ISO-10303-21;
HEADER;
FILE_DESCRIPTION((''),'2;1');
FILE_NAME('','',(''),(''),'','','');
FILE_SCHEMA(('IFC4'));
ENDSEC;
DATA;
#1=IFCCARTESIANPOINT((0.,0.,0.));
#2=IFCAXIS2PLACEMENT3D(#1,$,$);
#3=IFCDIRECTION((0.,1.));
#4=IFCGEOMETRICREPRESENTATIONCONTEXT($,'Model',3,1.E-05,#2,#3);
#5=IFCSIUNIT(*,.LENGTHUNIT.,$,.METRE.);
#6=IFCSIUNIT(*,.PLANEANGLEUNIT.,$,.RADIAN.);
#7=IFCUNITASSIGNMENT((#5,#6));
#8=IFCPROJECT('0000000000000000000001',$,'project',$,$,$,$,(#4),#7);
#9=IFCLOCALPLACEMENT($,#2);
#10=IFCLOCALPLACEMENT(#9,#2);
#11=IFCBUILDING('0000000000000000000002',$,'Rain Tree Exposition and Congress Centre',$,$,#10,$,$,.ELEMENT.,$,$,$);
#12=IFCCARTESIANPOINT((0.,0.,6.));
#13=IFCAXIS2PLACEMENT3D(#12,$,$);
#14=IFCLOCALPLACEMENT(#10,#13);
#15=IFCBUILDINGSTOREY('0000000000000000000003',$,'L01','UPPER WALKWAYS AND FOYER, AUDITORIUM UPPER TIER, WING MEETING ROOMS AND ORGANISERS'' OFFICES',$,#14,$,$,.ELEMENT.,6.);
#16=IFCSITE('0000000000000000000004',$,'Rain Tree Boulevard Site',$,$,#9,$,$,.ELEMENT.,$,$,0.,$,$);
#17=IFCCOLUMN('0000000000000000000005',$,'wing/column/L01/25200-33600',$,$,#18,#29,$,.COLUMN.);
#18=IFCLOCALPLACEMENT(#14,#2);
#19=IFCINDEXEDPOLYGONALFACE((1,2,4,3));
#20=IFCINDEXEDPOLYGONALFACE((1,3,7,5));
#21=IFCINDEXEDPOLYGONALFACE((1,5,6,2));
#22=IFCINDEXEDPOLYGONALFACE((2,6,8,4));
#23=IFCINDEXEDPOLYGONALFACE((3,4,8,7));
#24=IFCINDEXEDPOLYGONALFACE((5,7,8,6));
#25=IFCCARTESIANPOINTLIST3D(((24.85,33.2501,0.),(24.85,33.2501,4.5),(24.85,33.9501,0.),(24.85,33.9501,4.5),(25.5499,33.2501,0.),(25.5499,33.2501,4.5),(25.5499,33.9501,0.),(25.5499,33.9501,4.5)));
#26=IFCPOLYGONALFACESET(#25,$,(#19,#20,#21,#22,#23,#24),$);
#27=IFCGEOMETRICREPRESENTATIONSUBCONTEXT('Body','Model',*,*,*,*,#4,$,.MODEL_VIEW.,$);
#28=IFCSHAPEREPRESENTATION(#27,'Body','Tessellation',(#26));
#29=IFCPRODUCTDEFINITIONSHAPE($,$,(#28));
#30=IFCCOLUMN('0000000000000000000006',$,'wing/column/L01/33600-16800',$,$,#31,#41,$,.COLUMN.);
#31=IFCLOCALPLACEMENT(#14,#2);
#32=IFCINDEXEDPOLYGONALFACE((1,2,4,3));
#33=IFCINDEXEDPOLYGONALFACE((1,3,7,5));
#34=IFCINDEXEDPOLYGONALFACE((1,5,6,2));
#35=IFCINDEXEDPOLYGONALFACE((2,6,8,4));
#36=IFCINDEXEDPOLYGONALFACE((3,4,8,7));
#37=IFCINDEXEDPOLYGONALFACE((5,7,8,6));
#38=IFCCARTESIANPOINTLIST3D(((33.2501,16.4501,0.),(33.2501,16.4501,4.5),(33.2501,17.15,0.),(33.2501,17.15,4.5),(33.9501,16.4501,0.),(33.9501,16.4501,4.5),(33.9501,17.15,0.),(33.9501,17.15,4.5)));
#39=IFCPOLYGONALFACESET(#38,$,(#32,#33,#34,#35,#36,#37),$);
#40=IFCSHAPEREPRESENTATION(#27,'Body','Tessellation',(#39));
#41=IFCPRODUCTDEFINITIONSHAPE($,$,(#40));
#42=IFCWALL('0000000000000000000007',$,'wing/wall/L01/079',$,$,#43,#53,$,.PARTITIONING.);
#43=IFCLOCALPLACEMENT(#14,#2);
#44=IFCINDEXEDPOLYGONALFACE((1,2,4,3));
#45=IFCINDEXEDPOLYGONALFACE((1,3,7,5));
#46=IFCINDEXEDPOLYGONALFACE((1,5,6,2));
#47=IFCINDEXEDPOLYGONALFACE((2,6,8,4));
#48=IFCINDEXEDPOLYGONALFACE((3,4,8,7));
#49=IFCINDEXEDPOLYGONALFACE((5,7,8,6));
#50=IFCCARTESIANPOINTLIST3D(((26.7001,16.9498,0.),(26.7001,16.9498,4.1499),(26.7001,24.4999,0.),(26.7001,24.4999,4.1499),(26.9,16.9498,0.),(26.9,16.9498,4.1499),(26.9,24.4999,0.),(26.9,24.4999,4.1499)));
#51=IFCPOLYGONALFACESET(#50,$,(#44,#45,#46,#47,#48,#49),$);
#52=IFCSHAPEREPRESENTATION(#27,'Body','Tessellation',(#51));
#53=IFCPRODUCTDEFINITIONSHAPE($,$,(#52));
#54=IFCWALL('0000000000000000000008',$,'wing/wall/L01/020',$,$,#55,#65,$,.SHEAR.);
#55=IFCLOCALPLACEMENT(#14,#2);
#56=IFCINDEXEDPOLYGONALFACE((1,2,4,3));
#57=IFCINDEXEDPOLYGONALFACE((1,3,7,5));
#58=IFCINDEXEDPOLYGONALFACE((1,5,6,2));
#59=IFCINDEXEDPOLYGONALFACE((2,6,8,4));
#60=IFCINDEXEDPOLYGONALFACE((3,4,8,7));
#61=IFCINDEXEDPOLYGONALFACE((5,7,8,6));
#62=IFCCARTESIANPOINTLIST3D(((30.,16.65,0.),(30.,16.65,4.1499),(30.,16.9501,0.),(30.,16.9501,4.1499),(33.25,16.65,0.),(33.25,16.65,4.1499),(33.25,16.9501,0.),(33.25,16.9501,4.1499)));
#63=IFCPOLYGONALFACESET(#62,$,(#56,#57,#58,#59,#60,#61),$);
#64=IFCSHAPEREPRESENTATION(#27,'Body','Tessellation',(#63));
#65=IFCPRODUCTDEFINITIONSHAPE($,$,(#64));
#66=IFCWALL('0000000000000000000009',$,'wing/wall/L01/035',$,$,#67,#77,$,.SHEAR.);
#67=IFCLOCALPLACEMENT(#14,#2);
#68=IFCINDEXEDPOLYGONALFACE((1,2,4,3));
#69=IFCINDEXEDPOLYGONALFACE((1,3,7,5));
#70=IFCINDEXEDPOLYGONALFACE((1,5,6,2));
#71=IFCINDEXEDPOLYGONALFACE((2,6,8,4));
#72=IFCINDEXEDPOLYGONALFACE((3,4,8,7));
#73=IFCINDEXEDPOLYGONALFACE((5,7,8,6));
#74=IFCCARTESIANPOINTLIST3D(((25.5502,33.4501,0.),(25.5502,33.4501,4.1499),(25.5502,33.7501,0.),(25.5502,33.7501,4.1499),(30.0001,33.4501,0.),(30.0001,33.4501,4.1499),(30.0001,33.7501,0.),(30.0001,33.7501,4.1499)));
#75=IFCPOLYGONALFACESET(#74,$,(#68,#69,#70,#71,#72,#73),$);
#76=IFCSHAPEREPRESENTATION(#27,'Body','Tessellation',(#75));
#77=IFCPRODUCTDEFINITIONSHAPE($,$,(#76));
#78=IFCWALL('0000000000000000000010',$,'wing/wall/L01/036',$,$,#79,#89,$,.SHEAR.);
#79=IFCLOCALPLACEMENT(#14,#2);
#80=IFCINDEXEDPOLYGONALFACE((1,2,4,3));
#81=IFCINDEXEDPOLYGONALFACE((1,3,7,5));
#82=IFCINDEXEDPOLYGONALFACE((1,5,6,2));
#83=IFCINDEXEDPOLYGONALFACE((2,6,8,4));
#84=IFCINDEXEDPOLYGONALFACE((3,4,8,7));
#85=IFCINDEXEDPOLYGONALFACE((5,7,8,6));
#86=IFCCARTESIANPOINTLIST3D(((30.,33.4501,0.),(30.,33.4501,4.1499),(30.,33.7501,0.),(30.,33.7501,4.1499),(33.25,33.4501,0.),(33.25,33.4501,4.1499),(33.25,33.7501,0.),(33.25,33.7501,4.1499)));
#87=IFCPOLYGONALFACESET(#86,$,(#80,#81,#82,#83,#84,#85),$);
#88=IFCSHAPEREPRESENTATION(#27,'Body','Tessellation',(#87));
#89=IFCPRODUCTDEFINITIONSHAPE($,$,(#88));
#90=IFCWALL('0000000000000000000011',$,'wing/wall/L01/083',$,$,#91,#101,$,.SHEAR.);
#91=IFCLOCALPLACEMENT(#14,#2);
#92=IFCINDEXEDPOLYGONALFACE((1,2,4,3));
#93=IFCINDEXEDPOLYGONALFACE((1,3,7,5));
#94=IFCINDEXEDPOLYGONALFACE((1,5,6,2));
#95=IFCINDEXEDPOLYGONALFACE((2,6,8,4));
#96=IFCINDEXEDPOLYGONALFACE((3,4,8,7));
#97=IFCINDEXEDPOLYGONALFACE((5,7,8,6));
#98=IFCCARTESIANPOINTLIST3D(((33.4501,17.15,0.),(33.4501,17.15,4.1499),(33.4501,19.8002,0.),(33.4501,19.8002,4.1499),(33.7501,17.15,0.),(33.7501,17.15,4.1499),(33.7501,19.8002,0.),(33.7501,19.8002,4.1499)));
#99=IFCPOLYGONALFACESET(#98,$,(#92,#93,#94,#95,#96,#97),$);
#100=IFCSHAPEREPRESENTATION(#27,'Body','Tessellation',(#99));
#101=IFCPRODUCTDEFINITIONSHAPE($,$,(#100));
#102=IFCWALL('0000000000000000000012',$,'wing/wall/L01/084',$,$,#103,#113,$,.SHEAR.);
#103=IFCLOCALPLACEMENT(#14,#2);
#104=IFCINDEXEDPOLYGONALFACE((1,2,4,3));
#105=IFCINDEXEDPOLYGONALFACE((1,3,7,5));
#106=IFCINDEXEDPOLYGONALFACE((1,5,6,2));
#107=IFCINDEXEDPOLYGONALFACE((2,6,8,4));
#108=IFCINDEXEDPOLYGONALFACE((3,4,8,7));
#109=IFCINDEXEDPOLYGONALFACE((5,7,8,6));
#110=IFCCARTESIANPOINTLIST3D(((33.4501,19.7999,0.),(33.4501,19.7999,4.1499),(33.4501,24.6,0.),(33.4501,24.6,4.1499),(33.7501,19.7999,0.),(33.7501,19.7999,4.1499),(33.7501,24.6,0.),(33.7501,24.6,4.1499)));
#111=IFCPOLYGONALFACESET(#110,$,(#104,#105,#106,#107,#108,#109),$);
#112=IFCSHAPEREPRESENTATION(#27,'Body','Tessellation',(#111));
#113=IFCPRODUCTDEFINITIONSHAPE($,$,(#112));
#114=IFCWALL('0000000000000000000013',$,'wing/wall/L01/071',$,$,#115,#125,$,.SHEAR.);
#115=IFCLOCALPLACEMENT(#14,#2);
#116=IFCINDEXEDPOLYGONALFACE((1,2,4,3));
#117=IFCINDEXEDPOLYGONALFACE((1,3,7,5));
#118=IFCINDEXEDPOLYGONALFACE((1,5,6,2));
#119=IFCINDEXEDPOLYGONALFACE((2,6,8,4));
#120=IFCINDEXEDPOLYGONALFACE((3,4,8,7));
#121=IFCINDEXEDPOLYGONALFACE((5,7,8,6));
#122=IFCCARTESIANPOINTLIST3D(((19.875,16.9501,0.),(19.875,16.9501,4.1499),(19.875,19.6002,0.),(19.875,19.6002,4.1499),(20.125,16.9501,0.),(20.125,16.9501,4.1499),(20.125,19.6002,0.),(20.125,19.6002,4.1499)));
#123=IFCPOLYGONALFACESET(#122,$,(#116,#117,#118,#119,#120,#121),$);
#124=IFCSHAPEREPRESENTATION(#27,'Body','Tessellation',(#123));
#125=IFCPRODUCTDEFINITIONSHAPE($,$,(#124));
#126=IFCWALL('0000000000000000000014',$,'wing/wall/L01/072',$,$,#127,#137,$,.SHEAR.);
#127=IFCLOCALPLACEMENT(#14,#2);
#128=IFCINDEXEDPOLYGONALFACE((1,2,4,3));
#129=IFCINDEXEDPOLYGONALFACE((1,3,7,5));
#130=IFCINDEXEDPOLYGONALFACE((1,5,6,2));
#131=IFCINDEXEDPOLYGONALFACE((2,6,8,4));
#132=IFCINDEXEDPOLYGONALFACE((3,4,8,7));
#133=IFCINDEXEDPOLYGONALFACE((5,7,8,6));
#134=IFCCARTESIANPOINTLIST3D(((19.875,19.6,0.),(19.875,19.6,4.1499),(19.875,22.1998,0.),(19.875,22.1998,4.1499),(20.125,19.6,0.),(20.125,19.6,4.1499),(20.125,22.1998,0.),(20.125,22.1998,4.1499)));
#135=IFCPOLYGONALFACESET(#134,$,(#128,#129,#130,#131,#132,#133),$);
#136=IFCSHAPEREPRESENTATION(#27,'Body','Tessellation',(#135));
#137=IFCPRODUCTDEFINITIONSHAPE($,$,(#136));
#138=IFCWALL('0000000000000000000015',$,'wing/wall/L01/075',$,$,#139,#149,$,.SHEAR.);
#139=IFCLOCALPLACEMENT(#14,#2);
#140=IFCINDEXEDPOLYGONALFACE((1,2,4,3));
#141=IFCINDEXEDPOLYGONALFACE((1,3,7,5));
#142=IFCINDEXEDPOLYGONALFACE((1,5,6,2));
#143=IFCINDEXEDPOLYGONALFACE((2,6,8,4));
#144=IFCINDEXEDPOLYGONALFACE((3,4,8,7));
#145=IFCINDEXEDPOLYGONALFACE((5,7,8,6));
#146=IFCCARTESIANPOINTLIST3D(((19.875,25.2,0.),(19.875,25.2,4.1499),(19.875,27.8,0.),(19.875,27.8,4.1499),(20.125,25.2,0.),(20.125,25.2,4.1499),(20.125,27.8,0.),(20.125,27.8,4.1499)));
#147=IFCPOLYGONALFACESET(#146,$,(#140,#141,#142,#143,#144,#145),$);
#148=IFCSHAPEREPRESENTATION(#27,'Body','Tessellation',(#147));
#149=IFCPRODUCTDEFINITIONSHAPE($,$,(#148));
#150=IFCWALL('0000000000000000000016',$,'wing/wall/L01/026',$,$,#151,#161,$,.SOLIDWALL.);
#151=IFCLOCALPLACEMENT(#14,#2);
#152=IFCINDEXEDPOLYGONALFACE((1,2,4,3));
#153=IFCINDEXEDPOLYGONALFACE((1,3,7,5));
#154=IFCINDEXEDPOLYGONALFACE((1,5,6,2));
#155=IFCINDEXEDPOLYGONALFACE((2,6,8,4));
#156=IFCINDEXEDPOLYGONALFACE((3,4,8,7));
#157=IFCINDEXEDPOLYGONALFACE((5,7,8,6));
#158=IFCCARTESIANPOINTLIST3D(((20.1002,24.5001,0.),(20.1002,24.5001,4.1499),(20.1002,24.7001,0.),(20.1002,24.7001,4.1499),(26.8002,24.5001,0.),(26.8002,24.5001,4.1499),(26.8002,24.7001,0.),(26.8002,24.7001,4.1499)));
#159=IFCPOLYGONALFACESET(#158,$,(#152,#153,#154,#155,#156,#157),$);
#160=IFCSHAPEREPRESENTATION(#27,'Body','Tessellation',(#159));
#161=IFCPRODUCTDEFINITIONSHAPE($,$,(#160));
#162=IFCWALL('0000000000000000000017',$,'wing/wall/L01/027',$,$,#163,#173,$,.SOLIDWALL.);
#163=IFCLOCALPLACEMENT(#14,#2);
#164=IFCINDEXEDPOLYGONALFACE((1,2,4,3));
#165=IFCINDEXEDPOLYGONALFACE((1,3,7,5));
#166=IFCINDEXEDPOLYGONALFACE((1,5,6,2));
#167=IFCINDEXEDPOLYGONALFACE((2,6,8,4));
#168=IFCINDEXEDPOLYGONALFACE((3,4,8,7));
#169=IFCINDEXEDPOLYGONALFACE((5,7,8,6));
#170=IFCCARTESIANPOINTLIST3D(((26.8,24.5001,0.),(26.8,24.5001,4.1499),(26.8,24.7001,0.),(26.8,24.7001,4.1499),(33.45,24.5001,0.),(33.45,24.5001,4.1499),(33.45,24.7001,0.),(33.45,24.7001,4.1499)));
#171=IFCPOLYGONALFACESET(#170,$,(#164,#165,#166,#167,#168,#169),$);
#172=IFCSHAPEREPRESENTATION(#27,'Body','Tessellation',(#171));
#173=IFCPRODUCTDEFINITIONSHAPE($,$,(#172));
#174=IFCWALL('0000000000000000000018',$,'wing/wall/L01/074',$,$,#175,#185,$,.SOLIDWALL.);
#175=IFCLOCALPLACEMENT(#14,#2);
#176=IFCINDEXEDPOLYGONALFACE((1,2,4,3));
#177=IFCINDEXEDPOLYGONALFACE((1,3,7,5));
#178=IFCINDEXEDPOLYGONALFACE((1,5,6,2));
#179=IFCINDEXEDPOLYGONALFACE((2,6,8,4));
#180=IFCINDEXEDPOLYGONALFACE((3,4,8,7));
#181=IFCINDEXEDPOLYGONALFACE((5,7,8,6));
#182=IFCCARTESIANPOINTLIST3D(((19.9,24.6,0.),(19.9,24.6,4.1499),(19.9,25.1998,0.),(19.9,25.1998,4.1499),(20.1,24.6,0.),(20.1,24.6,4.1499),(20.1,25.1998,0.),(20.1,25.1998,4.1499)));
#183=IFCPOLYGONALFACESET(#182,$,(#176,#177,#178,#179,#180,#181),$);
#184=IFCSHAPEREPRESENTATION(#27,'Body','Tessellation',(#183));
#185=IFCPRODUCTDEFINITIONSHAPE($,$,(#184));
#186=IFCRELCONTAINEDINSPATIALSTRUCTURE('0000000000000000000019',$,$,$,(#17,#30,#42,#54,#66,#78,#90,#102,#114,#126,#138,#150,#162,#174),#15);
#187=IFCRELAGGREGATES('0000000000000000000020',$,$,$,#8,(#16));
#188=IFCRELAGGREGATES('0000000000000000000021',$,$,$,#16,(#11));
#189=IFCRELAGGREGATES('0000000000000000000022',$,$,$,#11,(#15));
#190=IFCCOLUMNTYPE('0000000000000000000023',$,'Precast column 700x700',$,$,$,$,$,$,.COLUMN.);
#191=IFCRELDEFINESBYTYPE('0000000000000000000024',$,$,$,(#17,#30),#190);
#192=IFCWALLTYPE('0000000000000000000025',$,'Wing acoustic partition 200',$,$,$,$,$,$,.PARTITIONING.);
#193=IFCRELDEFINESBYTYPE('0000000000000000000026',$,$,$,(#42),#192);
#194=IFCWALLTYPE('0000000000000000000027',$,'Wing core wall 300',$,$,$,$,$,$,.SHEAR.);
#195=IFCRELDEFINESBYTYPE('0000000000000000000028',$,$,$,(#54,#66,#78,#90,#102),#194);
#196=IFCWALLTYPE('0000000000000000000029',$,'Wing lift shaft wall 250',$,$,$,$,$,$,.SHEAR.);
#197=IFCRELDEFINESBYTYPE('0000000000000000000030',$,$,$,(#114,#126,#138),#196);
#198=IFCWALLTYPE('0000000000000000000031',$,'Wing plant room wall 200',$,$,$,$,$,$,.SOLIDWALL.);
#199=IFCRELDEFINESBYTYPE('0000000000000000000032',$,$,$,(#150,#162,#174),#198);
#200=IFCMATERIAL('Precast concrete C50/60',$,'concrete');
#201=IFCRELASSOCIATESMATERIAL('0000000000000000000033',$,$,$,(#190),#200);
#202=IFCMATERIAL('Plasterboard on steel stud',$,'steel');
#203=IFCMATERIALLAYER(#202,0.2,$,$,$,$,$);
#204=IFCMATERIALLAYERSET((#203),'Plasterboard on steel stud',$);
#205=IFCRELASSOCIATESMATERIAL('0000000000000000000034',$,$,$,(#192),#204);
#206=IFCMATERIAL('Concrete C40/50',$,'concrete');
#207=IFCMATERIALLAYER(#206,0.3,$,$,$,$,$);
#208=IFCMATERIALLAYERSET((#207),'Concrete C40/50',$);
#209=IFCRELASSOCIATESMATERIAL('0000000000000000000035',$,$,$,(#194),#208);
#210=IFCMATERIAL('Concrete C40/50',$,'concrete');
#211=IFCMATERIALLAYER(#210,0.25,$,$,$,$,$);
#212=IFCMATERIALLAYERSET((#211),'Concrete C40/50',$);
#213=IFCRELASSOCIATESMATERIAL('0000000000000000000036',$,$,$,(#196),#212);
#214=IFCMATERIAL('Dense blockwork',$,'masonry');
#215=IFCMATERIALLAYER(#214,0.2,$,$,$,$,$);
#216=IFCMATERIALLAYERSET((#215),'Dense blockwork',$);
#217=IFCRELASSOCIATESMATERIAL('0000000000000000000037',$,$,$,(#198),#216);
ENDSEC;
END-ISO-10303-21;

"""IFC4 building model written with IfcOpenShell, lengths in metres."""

from ifc_helpers import new_model, si_unit, direction, frame, frame_2d, origin, origin_2d, place, context, subcontext, project, spatial, rectangle, extrude, material, layer, layer_set, material_profile, profile_set, type_object, element, save


model = new_model("IFC4")

# Units and contexts
model_context = context("Model", 3, precision=1e-05, world=origin(), true_north=direction((0.0, 1.0)))
body_context = subcontext(model_context, "Body", "Model", "MODEL_VIEW")
ifc_project = project(units=[si_unit("LENGTHUNIT", "METRE"), si_unit("PLANEANGLEUNIT", "RADIAN")], contexts=[model_context])

# Site, building, storey
site_placement = place(None, origin())
site = spatial("IfcSite", under=ifc_project, at=site_placement, Name="Rain Tree Boulevard Site", CompositionType="ELEMENT", RefElevation=0.0)
building_placement = place(site_placement, origin())
building = spatial("IfcBuilding", under=site, at=building_placement, Name="Rain Tree Exposition and Congress Centre", CompositionType="ELEMENT")
storey_placement = place(building_placement, frame((0.0, 0.0, 6.0)))
storey = spatial("IfcBuildingStorey", under=building, at=storey_placement, Name="L01", Description="UPPER WALKWAYS AND FOYER, AUDITORIUM UPPER TIER, WING MEETING ROOMS AND ORGANISERS' OFFICES", CompositionType="ELEMENT", Elevation=6.0)

# Columns
ifc_material_1 = material(Name="Precast concrete C50/60", Category="concrete")
ifc_material_profile = material_profile(ifc_material_1, rectangle(XDim=0.7, YDim=0.7, at=origin_2d()), Name="RC 700x700")
ifc_profile_set = profile_set([ifc_material_profile], Name="Precast concrete C50/60")
column_type = type_object("IfcColumnType", Name="Precast column 700x700", PredefinedType="COLUMN", material=ifc_profile_set)
for number, where, z_axis, x_axis, name in (
    (1, (25.2, 33.6001, 0.0), (0.0, 0.0, 1.0), (1.0, 0.0, 0.0), "wing/column/L01/25200-33600"),
    (2, (33.6001, 16.8, 0.0), (0.0, 0.0, 1.0), (1.0, 0.0, 0.0), "wing/column/L01/33600-16800"),
):
    element("IfcColumn", number, at=place(storey_placement, frame(where, z_axis=z_axis, x_axis=x_axis)), inside=storey, type_object=column_type, Name=name, PredefinedType="COLUMN", context=body_context, shape_type="SweptSolid", body=[
        extrude(rectangle(XDim=0.7, YDim=0.7, at=origin_2d()), origin(), (0.0, 0.0, 1.0), 4.5),
    ])

# Wall
ifc_material_2 = material(Name="Plasterboard on steel stud", Category="steel")
ifc_layer_1 = layer(ifc_material_2, 0.2)
ifc_layer_set_1 = layer_set([ifc_layer_1], Name="Plasterboard on steel stud")
wall_type_1 = type_object("IfcWallType", Name="Wing acoustic partition 200", PredefinedType="PARTITIONING", material=ifc_layer_set_1)
wall_1_placement = place(storey_placement, frame((26.8, 16.95, 0.0), z_axis=(0.0, 0.0, 1.0), x_axis=(0.0, 1.0, 0.0)))
element("IfcWall", 3, at=wall_1_placement, inside=storey, type_object=wall_type_1, Name="wing/wall/L01/079", PredefinedType="PARTITIONING", context=body_context, shape_type="SweptSolid", body=[
    extrude(rectangle(XDim=7.55, YDim=0.2, at=frame_2d((3.7749, 0.0))), origin(), (0.0, 0.0, 1.0), 4.1499),
])

# Shared definitions
ifc_material_3 = material(Name="Concrete C40/50", Category="concrete")
ifc_layer_2 = layer(ifc_material_3, 0.3)
ifc_layer_set_2 = layer_set([ifc_layer_2], Name="Concrete C40/50")
wall_type_2 = type_object("IfcWallType", Name="Wing core wall 300", PredefinedType="SHEAR", material=ifc_layer_set_2)

# Wall
wall_2_placement = place(storey_placement, frame((30.0, 16.8, 0.0), z_axis=(0.0, 0.0, 1.0), x_axis=(1.0, 0.0, 0.0)))
element("IfcWall", 4, at=wall_2_placement, inside=storey, type_object=wall_type_2, Name="wing/wall/L01/020", PredefinedType="SHEAR", context=body_context, shape_type="SweptSolid", body=[
    extrude(rectangle(XDim=3.25, YDim=0.3, at=frame_2d((1.625, 0.0))), origin(), (0.0, 0.0, 1.0), 4.1499),
])

# Walls
wall_3_placement = place(storey_placement, frame((25.55, 33.6001, 0.0), z_axis=(0.0, 0.0, 1.0), x_axis=(1.0, 0.0, 0.0)))
element("IfcWall", 5, at=wall_3_placement, inside=storey, type_object=wall_type_2, Name="wing/wall/L01/035", PredefinedType="SHEAR", context=body_context, shape_type="SweptSolid", body=[
    extrude(rectangle(XDim=4.45, YDim=0.3, at=frame_2d((2.2251, 0.0))), origin(), (0.0, 0.0, 1.0), 4.1499),
])
wall_4_placement = place(storey_placement, frame((30.0, 33.6001, 0.0), z_axis=(0.0, 0.0, 1.0), x_axis=(1.0, 0.0, 0.0)))
element("IfcWall", 6, at=wall_4_placement, inside=storey, type_object=wall_type_2, Name="wing/wall/L01/036", PredefinedType="SHEAR", context=body_context, shape_type="SweptSolid", body=[
    extrude(rectangle(XDim=3.25, YDim=0.3, at=frame_2d((1.625, 0.0))), origin(), (0.0, 0.0, 1.0), 4.1499),
])
wall_5_placement = place(storey_placement, frame((33.6001, 17.1499, 0.0), z_axis=(0.0, 0.0, 1.0), x_axis=(0.0, 1.0, 0.0)))
element("IfcWall", 7, at=wall_5_placement, inside=storey, type_object=wall_type_2, Name="wing/wall/L01/083", PredefinedType="SHEAR", context=body_context, shape_type="SweptSolid", body=[
    extrude(rectangle(XDim=2.6501, YDim=0.3, at=frame_2d((1.3252, 0.0))), origin(), (0.0, 0.0, 1.0), 4.1499),
])
wall_6_placement = place(storey_placement, frame((33.6001, 19.8, 0.0), z_axis=(0.0, 0.0, 1.0), x_axis=(0.0, 1.0, 0.0)))
element("IfcWall", 8, at=wall_6_placement, inside=storey, type_object=wall_type_2, Name="wing/wall/L01/084", PredefinedType="SHEAR", context=body_context, shape_type="SweptSolid", body=[
    extrude(rectangle(XDim=4.8, YDim=0.3, at=frame_2d((2.3999, 0.0))), origin(), (0.0, 0.0, 1.0), 4.1499),
])
ifc_material_4 = material(Name="Concrete C40/50", Category="concrete")
ifc_layer_3 = layer(ifc_material_4, 0.25)
ifc_layer_set_3 = layer_set([ifc_layer_3], Name="Concrete C40/50")
wall_type_3 = type_object("IfcWallType", Name="Wing lift shaft wall 250", PredefinedType="SHEAR", material=ifc_layer_set_3)
wall_7_placement = place(storey_placement, frame((20.0, 16.95, 0.0), z_axis=(0.0, 0.0, 1.0), x_axis=(0.0, 1.0, 0.0)))
element("IfcWall", 9, at=wall_7_placement, inside=storey, type_object=wall_type_3, Name="wing/wall/L01/071", PredefinedType="SHEAR", context=body_context, shape_type="SweptSolid", body=[
    extrude(rectangle(XDim=2.6501, YDim=0.25, at=frame_2d((1.3252, 0.0))), origin(), (0.0, 0.0, 1.0), 4.1499),
])
wall_8_placement = place(storey_placement, frame((20.0, 19.6001, 0.0), z_axis=(0.0, 0.0, 1.0), x_axis=(0.0, 1.0, 0.0)))
element("IfcWall", 10, at=wall_8_placement, inside=storey, type_object=wall_type_3, Name="wing/wall/L01/072", PredefinedType="SHEAR", context=body_context, shape_type="SweptSolid", body=[
    extrude(rectangle(XDim=2.5999, YDim=0.25, at=frame_2d((1.2998, 0.0))), origin(), (0.0, 0.0, 1.0), 4.1499),
])
wall_9_placement = place(storey_placement, frame((20.0, 25.2, 0.0), z_axis=(0.0, 0.0, 1.0), x_axis=(0.0, 1.0, 0.0)))
element("IfcWall", 11, at=wall_9_placement, inside=storey, type_object=wall_type_3, Name="wing/wall/L01/075", PredefinedType="SHEAR", context=body_context, shape_type="SweptSolid", body=[
    extrude(rectangle(XDim=2.6001, YDim=0.25, at=frame_2d((1.3, 0.0))), origin(), (0.0, 0.0, 1.0), 4.1499),
])
ifc_material_5 = material(Name="Dense blockwork", Category="masonry")
ifc_layer_4 = layer(ifc_material_5, 0.2)
ifc_layer_set_4 = layer_set([ifc_layer_4], Name="Dense blockwork")
wall_type_4 = type_object("IfcWallType", Name="Wing plant room wall 200", PredefinedType="SOLIDWALL", material=ifc_layer_set_4)
wall_10_placement = place(storey_placement, frame((20.1001, 24.6001, 0.0), z_axis=(0.0, 0.0, 1.0), x_axis=(1.0, 0.0, 0.0)))
element("IfcWall", 12, at=wall_10_placement, inside=storey, type_object=wall_type_4, Name="wing/wall/L01/026", PredefinedType="SOLIDWALL", context=body_context, shape_type="SweptSolid", body=[
    extrude(rectangle(XDim=6.7, YDim=0.2, at=frame_2d((3.3501, 0.0))), origin(), (0.0, 0.0, 1.0), 4.1499),
])
wall_11_placement = place(storey_placement, frame((26.8, 24.6001, 0.0), z_axis=(0.0, 0.0, 1.0), x_axis=(1.0, 0.0, 0.0)))
element("IfcWall", 13, at=wall_11_placement, inside=storey, type_object=wall_type_4, Name="wing/wall/L01/027", PredefinedType="SOLIDWALL", context=body_context, shape_type="SweptSolid", body=[
    extrude(rectangle(XDim=6.6499, YDim=0.2, at=frame_2d((3.325, 0.0))), origin(), (0.0, 0.0, 1.0), 4.1499),
])
wall_12_placement = place(storey_placement, frame((20.0, 24.6001, 0.0), z_axis=(0.0, 0.0, 1.0), x_axis=(0.0, 1.0, 0.0)))
element("IfcWall", 14, at=wall_12_placement, inside=storey, type_object=wall_type_4, Name="wing/wall/L01/074", PredefinedType="SOLIDWALL", context=body_context, shape_type="SweptSolid", body=[
    extrude(rectangle(XDim=0.5999, YDim=0.2, at=frame_2d((0.2998, 0.0))), origin(), (0.0, 0.0, 1.0), 4.1499),
])

save(model, "model.ifc")
